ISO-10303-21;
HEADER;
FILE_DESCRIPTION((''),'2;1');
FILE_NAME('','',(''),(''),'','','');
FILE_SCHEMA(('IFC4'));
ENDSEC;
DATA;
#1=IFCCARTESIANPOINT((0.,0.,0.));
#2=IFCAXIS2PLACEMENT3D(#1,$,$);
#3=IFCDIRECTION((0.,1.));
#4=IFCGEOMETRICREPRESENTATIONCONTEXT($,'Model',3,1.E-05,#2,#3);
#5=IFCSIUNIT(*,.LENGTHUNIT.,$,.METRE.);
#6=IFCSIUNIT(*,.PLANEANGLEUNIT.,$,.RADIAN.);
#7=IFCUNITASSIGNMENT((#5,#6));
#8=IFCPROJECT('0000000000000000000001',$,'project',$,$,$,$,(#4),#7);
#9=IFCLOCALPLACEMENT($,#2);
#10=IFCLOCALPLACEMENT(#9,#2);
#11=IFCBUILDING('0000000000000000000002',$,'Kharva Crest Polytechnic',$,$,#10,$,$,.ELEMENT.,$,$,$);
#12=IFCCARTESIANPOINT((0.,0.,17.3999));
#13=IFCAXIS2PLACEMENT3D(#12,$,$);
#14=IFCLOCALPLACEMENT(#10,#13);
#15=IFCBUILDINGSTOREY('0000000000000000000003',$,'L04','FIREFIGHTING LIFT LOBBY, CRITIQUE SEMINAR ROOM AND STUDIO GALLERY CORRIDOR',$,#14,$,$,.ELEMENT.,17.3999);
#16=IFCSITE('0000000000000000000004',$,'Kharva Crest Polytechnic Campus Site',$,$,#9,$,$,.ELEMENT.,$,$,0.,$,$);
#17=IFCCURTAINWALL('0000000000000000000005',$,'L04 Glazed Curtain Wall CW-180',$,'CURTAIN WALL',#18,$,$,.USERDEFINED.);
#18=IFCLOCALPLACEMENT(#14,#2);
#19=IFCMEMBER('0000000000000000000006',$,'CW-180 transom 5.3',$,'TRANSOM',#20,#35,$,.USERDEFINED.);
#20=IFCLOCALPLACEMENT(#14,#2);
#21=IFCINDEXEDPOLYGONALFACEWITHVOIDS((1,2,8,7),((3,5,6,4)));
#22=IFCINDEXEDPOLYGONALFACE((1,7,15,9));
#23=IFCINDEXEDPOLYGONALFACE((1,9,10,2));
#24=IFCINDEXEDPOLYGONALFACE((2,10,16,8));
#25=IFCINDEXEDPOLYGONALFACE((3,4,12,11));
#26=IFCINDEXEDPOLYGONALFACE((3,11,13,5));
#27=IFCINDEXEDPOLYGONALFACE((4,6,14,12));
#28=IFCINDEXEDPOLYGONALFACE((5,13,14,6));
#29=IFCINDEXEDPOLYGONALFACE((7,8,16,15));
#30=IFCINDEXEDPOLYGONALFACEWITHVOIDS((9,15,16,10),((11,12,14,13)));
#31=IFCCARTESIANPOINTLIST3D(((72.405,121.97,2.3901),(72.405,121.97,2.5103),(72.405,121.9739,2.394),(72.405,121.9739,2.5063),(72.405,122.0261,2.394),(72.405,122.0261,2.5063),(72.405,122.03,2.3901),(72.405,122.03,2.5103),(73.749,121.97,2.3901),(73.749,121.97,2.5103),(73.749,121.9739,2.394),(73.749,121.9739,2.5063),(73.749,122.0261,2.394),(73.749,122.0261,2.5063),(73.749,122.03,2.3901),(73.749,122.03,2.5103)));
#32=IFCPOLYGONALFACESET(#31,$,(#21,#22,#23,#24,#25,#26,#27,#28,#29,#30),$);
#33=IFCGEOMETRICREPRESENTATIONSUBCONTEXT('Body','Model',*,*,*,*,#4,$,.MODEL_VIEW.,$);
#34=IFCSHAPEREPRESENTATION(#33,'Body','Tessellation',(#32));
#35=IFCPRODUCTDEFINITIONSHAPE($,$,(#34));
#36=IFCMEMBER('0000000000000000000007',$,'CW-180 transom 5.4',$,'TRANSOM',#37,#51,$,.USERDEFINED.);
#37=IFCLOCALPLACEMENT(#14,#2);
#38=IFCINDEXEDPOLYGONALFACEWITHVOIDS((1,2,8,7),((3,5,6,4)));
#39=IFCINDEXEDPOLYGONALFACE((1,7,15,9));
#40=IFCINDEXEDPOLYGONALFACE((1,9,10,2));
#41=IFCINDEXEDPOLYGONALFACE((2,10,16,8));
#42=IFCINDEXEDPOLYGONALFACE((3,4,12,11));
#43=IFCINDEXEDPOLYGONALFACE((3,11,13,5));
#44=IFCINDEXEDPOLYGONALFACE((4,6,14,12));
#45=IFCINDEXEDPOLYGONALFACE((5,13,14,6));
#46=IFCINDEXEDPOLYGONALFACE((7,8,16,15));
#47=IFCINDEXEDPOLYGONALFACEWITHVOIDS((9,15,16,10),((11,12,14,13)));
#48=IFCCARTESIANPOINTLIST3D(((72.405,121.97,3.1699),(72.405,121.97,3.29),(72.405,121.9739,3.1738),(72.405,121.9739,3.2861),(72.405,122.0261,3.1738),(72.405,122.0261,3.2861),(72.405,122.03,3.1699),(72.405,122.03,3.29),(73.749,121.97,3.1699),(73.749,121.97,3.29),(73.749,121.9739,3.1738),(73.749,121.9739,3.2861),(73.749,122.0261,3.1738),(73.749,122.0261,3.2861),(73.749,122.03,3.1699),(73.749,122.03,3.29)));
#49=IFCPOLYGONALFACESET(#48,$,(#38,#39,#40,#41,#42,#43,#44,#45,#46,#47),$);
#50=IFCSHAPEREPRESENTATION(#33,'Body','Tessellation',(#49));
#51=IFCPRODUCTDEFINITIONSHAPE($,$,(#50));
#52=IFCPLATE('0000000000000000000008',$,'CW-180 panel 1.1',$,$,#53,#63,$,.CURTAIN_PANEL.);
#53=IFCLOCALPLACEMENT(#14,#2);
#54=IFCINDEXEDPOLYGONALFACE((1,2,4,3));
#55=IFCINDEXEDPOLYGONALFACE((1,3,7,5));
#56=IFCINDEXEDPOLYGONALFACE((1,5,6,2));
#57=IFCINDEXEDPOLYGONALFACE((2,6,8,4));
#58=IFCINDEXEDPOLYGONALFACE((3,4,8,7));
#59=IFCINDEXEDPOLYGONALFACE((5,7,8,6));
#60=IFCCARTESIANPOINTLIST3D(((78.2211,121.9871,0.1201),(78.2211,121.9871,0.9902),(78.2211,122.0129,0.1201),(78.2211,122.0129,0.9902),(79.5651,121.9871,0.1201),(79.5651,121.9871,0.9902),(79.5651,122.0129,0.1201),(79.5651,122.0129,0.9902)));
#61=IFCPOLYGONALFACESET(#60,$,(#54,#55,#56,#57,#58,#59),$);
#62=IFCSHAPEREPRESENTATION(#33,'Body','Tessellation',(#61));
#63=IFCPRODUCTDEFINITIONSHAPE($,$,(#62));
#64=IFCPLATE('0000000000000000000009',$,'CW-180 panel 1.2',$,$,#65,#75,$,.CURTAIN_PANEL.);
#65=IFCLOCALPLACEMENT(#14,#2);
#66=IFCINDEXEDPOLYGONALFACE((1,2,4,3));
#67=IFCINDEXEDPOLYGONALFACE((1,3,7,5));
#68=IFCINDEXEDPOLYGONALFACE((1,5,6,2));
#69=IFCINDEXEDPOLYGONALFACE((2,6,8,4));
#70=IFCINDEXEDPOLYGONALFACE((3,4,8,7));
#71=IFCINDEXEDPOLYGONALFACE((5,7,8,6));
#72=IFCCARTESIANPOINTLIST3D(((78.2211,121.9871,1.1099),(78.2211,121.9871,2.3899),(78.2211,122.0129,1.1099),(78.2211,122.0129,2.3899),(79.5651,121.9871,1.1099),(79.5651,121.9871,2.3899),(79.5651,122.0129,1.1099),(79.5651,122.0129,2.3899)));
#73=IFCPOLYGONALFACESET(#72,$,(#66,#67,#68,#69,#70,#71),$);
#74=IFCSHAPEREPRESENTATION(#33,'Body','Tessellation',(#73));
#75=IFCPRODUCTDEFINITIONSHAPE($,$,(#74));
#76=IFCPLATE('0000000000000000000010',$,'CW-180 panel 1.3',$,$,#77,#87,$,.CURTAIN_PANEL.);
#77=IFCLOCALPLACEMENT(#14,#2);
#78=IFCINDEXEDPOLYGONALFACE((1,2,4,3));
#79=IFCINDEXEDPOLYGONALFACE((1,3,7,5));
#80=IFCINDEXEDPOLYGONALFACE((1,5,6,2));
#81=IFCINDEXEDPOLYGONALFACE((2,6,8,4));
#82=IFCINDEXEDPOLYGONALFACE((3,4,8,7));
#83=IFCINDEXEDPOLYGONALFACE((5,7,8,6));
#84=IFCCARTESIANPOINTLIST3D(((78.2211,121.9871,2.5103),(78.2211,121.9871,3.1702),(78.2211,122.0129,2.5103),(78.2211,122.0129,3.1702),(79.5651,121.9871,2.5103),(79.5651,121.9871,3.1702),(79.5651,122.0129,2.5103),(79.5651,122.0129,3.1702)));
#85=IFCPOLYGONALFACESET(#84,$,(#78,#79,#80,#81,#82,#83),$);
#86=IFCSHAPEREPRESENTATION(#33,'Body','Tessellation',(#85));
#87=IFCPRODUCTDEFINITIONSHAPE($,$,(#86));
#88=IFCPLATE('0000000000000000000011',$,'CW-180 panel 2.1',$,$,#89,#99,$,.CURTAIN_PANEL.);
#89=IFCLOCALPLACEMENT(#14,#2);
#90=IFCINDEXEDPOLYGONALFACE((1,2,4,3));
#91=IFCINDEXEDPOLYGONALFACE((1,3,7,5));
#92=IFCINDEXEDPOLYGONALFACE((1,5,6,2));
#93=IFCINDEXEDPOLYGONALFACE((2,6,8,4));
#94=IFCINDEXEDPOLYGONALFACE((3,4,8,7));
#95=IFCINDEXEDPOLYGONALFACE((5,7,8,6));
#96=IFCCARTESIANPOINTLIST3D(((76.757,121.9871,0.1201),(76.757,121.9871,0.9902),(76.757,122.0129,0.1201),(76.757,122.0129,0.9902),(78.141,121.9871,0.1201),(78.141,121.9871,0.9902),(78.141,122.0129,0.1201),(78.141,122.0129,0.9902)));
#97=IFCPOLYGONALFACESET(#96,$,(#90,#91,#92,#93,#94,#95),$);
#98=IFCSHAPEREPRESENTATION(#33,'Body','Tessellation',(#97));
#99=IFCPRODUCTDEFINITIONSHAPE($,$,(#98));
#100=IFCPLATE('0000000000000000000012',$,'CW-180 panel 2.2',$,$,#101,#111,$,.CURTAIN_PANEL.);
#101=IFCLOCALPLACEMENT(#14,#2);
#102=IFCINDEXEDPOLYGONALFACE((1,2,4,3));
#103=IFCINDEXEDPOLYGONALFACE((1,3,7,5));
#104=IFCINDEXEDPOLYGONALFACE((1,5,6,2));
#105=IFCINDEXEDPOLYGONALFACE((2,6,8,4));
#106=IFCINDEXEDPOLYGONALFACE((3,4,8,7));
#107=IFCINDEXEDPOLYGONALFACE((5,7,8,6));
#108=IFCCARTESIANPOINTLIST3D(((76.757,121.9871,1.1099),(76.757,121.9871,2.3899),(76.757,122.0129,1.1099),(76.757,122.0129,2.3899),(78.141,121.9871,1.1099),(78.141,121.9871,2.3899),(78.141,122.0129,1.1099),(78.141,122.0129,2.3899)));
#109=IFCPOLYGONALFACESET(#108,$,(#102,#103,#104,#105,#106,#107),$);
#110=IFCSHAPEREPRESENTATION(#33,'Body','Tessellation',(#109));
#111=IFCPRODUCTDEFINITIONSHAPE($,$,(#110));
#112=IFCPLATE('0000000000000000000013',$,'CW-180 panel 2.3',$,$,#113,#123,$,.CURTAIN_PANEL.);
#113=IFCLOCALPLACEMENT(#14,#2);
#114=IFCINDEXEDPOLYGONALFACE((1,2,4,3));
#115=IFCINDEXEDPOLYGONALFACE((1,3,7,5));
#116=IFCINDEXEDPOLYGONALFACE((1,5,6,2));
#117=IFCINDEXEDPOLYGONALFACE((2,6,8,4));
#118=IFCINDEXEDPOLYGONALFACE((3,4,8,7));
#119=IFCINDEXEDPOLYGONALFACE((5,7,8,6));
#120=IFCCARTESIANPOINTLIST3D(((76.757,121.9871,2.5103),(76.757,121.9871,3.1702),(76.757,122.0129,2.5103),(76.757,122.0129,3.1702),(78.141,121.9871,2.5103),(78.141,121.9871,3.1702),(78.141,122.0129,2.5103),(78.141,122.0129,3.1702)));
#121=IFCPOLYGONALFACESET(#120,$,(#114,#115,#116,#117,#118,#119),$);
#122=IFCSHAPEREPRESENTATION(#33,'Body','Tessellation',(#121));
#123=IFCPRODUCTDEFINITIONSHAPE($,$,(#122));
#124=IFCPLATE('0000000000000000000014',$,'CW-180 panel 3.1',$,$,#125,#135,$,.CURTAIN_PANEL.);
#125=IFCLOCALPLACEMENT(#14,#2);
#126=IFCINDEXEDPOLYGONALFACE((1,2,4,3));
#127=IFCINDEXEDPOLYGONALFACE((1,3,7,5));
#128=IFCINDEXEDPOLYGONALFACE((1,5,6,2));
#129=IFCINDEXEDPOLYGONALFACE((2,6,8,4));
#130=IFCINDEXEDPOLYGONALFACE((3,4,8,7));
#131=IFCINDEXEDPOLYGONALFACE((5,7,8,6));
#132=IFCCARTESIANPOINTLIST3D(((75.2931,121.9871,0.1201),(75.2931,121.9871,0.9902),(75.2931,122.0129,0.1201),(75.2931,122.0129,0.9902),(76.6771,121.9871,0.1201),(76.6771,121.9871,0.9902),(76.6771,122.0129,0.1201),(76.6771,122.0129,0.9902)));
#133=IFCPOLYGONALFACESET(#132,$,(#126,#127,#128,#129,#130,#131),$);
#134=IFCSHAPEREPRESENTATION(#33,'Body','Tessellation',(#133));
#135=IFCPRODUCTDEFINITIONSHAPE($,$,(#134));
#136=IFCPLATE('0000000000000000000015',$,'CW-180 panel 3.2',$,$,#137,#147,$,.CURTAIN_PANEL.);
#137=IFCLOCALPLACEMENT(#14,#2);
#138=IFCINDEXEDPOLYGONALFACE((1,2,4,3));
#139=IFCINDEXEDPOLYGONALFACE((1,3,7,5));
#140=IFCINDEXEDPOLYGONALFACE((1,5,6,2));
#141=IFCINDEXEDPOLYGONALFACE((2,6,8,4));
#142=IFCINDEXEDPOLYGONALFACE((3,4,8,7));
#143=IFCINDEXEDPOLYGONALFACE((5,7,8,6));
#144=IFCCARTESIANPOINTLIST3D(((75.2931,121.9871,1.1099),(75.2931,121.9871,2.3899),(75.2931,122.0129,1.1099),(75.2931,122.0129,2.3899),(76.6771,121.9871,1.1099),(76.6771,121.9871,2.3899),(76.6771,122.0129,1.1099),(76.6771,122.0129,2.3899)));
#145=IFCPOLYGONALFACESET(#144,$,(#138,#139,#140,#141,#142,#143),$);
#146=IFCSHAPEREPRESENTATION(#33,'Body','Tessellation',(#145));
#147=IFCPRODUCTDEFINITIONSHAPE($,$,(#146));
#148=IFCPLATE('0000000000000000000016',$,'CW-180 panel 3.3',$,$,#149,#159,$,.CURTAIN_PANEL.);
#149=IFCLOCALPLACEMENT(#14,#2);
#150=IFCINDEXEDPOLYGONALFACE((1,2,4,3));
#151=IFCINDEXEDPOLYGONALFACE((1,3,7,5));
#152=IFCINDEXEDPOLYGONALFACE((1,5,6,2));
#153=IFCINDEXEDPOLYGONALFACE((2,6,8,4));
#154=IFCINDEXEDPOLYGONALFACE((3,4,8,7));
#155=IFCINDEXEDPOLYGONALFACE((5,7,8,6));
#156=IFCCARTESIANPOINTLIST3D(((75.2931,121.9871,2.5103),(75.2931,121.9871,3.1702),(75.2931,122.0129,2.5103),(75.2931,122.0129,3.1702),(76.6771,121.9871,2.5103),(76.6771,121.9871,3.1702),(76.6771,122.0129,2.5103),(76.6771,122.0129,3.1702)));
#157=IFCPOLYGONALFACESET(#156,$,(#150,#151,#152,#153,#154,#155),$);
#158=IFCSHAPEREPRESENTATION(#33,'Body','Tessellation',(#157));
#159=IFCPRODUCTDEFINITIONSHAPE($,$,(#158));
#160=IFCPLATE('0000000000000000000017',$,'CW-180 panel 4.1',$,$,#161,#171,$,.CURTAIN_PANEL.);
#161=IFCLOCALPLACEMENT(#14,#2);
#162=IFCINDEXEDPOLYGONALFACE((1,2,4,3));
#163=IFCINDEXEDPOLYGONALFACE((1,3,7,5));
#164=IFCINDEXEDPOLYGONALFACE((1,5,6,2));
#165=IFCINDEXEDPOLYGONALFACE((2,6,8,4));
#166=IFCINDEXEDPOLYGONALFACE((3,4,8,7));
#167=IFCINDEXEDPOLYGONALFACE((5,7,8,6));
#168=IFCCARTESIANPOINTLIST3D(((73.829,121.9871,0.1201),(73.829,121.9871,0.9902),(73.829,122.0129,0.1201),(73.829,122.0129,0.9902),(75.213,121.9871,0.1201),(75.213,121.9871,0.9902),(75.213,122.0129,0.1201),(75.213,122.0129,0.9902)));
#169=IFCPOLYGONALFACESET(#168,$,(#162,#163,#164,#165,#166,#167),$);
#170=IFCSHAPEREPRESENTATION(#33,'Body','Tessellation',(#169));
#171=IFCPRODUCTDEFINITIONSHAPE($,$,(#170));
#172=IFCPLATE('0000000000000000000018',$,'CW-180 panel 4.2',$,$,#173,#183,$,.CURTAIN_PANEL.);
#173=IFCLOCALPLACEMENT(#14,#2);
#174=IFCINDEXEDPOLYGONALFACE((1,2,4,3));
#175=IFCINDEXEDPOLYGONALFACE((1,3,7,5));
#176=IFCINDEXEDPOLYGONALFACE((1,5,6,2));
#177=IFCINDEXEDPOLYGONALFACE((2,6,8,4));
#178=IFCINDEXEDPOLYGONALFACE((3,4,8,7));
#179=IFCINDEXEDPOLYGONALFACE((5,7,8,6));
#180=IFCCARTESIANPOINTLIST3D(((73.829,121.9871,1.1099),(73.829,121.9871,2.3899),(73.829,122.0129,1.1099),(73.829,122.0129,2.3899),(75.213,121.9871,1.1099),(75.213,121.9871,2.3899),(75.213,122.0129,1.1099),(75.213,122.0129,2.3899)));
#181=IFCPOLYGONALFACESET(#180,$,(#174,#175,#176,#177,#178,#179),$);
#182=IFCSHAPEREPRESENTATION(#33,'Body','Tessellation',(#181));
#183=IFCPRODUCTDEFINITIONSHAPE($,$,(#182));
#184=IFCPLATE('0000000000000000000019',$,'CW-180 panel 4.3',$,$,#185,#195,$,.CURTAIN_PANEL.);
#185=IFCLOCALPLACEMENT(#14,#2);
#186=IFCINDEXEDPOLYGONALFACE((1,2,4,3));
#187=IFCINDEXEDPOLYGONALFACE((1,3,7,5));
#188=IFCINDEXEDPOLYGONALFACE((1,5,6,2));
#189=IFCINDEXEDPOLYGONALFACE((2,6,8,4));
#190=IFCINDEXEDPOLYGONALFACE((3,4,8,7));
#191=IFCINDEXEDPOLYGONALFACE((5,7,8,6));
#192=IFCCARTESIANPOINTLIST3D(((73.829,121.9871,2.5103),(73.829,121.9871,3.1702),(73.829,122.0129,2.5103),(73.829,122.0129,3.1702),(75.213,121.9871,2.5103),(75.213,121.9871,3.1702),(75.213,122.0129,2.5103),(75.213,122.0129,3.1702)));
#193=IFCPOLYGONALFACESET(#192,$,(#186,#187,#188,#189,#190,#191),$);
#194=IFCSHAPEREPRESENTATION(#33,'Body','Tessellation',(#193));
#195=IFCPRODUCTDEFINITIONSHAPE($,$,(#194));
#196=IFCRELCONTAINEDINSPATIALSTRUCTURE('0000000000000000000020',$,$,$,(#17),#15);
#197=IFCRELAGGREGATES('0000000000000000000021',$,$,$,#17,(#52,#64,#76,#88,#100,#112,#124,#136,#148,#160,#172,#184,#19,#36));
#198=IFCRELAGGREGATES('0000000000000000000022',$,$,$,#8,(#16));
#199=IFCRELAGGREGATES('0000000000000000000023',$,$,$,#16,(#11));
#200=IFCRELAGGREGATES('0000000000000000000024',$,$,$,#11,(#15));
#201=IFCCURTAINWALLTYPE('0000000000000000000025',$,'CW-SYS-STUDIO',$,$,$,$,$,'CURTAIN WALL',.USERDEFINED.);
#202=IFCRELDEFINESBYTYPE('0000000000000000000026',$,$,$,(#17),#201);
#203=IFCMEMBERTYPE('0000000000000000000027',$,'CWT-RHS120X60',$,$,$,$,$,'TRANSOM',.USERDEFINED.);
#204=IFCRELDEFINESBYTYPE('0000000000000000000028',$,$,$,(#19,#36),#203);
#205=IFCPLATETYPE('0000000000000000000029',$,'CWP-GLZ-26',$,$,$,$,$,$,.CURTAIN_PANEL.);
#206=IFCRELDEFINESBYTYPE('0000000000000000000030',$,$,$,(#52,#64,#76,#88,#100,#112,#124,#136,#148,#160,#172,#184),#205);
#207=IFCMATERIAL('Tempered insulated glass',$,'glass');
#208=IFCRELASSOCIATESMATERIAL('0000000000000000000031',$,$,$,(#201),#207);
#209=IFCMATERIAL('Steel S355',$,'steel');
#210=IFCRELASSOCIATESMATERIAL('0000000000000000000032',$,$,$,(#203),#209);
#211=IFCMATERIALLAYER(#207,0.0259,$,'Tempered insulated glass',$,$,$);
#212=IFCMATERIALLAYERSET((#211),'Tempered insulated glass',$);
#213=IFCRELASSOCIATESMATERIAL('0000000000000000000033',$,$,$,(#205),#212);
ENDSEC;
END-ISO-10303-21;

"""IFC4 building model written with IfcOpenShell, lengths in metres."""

from ifc_helpers import new_model, si_unit, direction, frame, origin, origin_2d, place, context, subcontext, project, spatial, rectangle, hollow_rectangle, extrude, material, layer, layer_set, material_profile, profile_set, type_object, element, aggregate, save


model = new_model("IFC4")

# Units and contexts
model_context = context("Model", 3, precision=1e-05, world=origin(), true_north=direction((0.0, 1.0)))
body_context = subcontext(model_context, "Body", "Model", "MODEL_VIEW")
ifc_project = project(units=[si_unit("LENGTHUNIT", "METRE"), si_unit("PLANEANGLEUNIT", "RADIAN")], contexts=[model_context])

# Site, building, storey
site_placement = place(None, origin())
site = spatial("IfcSite", under=ifc_project, at=site_placement, Name="Kharva Crest Polytechnic Campus Site", CompositionType="ELEMENT", RefElevation=0.0)
building_placement = place(site_placement, origin())
building = spatial("IfcBuilding", under=site, at=building_placement, Name="Kharva Crest Polytechnic", CompositionType="ELEMENT")
storey_placement = place(building_placement, frame((0.0, 0.0, 17.3999)))
storey = spatial("IfcBuildingStorey", under=building, at=storey_placement, Name="L04", Description="FIREFIGHTING LIFT LOBBY, CRITIQUE SEMINAR ROOM AND STUDIO GALLERY CORRIDOR", CompositionType="ELEMENT", Elevation=17.3999)

# Curtain wall, members, plates
ifc_material_1 = material(Name="Tempered insulated glass", Category="glass")
curtain_wall_type = type_object("IfcCurtainWallType", Name="CW-SYS-STUDIO", ElementType="CURTAIN WALL", PredefinedType="USERDEFINED", material=ifc_material_1)
curtain_wall_placement = place(storey_placement, origin())
curtain_wall = element("IfcCurtainWall", 1, at=curtain_wall_placement, inside=storey, type_object=curtain_wall_type, Name="L04 Glazed Curtain Wall CW-180", ObjectType="CURTAIN WALL", PredefinedType="USERDEFINED")
ifc_material_2 = material(Name="Steel S355", Category="steel")
ifc_material_profile_1 = material_profile(ifc_material_2, hollow_rectangle(XDim=0.0601, YDim=0.1201, WallThickness=0.0039, at=origin_2d()), Name="RHS 120X60X4.0")
ifc_profile_set_1 = profile_set([ifc_material_profile_1], Name="Steel S355")
member_type_1 = type_object("IfcMemberType", Name="CWT-RHS120X60", ElementType="TRANSOM", PredefinedType="USERDEFINED", material=ifc_profile_set_1)
member_1_placement = place(storey_placement, frame((73.749, 122.0, 2.4502), z_axis=(-1.0, 0.0, 0.0), x_axis=(0.0, -1.0, 0.0)))
member_1 = element("IfcMember", 2, at=member_1_placement, type_object=member_type_1, Name="CW-180 transom 5.3", ObjectType="TRANSOM", PredefinedType="USERDEFINED", context=body_context, shape_type="SweptSolid", body=[
    extrude(hollow_rectangle(XDim=0.0601, YDim=0.1201, WallThickness=0.0039, at=origin_2d()), origin(), (0.0, 0.0, 1.0), 1.344),
])
member_2_placement = place(storey_placement, frame((73.749, 122.0, 3.23), z_axis=(-1.0, 0.0, 0.0), x_axis=(0.0, -1.0, 0.0)))
member_2 = element("IfcMember", 3, at=member_2_placement, type_object=member_type_1, Name="CW-180 transom 5.4", ObjectType="TRANSOM", PredefinedType="USERDEFINED", context=body_context, shape_type="SweptSolid", body=[
    extrude(hollow_rectangle(XDim=0.0601, YDim=0.1201, WallThickness=0.0039, at=origin_2d()), origin(), (0.0, 0.0, 1.0), 1.344),
])
ifc_layer = layer(ifc_material_1, 0.0259, Name="Tempered insulated glass")
ifc_layer_set = layer_set([ifc_layer], Name="Tempered insulated glass")
plate_type = type_object("IfcPlateType", Name="CWP-GLZ-26", PredefinedType="CURTAIN_PANEL", material=ifc_layer_set)
plate_1_placement = place(storey_placement, frame((78.8931, 122.0, 0.1201), z_axis=(0.0, 0.0, 1.0), x_axis=(-1.0, 0.0, 0.0)))
plate_1 = element("IfcPlate", 4, at=plate_1_placement, type_object=plate_type, Name="CW-180 panel 1.1", PredefinedType="CURTAIN_PANEL", context=body_context, shape_type="SweptSolid", body=[
    extrude(rectangle(XDim=1.344, YDim=0.0259, at=origin_2d()), origin(), (0.0, 0.0, 1.0), 0.8701),
])
plate_2_placement = place(storey_placement, frame((78.8931, 122.0, 1.1099), z_axis=(0.0, 0.0, 1.0), x_axis=(-1.0, 0.0, 0.0)))
plate_2 = element("IfcPlate", 5, at=plate_2_placement, type_object=plate_type, Name="CW-180 panel 1.2", PredefinedType="CURTAIN_PANEL", context=body_context, shape_type="SweptSolid", body=[
    extrude(rectangle(XDim=1.344, YDim=0.0259, at=origin_2d()), origin(), (0.0, 0.0, 1.0), 1.28),
])
plate_3_placement = place(storey_placement, frame((78.8931, 122.0, 2.5103), z_axis=(0.0, 0.0, 1.0), x_axis=(-1.0, 0.0, 0.0)))
plate_3 = element("IfcPlate", 6, at=plate_3_placement, type_object=plate_type, Name="CW-180 panel 1.3", PredefinedType="CURTAIN_PANEL", context=body_context, shape_type="SweptSolid", body=[
    extrude(rectangle(XDim=1.344, YDim=0.0259, at=origin_2d()), origin(), (0.0, 0.0, 1.0), 0.6599),
])
plate_4_placement = place(storey_placement, frame((77.449, 122.0, 0.1201), z_axis=(0.0, 0.0, 1.0), x_axis=(-1.0, 0.0, 0.0)))
plate_4 = element("IfcPlate", 7, at=plate_4_placement, type_object=plate_type, Name="CW-180 panel 2.1", PredefinedType="CURTAIN_PANEL", context=body_context, shape_type="SweptSolid", body=[
    extrude(rectangle(XDim=1.384, YDim=0.0259, at=origin_2d()), origin(), (0.0, 0.0, 1.0), 0.8701),
])
plate_5_placement = place(storey_placement, frame((77.449, 122.0, 1.1099), z_axis=(0.0, 0.0, 1.0), x_axis=(-1.0, 0.0, 0.0)))
plate_5 = element("IfcPlate", 8, at=plate_5_placement, type_object=plate_type, Name="CW-180 panel 2.2", PredefinedType="CURTAIN_PANEL", context=body_context, shape_type="SweptSolid", body=[
    extrude(rectangle(XDim=1.384, YDim=0.0259, at=origin_2d()), origin(), (0.0, 0.0, 1.0), 1.28),
])
plate_6_placement = place(storey_placement, frame((77.449, 122.0, 2.5103), z_axis=(0.0, 0.0, 1.0), x_axis=(-1.0, 0.0, 0.0)))
plate_6 = element("IfcPlate", 9, at=plate_6_placement, type_object=plate_type, Name="CW-180 panel 2.3", PredefinedType="CURTAIN_PANEL", context=body_context, shape_type="SweptSolid", body=[
    extrude(rectangle(XDim=1.384, YDim=0.0259, at=origin_2d()), origin(), (0.0, 0.0, 1.0), 0.6599),
])
plate_7_placement = place(storey_placement, frame((75.9851, 122.0, 0.1201), z_axis=(0.0, 0.0, 1.0), x_axis=(-1.0, 0.0, 0.0)))
plate_7 = element("IfcPlate", 10, at=plate_7_placement, type_object=plate_type, Name="CW-180 panel 3.1", PredefinedType="CURTAIN_PANEL", context=body_context, shape_type="SweptSolid", body=[
    extrude(rectangle(XDim=1.384, YDim=0.0259, at=origin_2d()), origin(), (0.0, 0.0, 1.0), 0.8701),
])
plate_8_placement = place(storey_placement, frame((75.9851, 122.0, 1.1099), z_axis=(0.0, 0.0, 1.0), x_axis=(-1.0, 0.0, 0.0)))
plate_8 = element("IfcPlate", 11, at=plate_8_placement, type_object=plate_type, Name="CW-180 panel 3.2", PredefinedType="CURTAIN_PANEL", context=body_context, shape_type="SweptSolid", body=[
    extrude(rectangle(XDim=1.384, YDim=0.0259, at=origin_2d()), origin(), (0.0, 0.0, 1.0), 1.28),
])
plate_9_placement = place(storey_placement, frame((75.9851, 122.0, 2.5103), z_axis=(0.0, 0.0, 1.0), x_axis=(-1.0, 0.0, 0.0)))
plate_9 = element("IfcPlate", 12, at=plate_9_placement, type_object=plate_type, Name="CW-180 panel 3.3", PredefinedType="CURTAIN_PANEL", context=body_context, shape_type="SweptSolid", body=[
    extrude(rectangle(XDim=1.384, YDim=0.0259, at=origin_2d()), origin(), (0.0, 0.0, 1.0), 0.6599),
])
plate_10_placement = place(storey_placement, frame((74.521, 122.0, 0.1201), z_axis=(0.0, 0.0, 1.0), x_axis=(-1.0, 0.0, 0.0)))
plate_10 = element("IfcPlate", 13, at=plate_10_placement, type_object=plate_type, Name="CW-180 panel 4.1", PredefinedType="CURTAIN_PANEL", context=body_context, shape_type="SweptSolid", body=[
    extrude(rectangle(XDim=1.384, YDim=0.0259, at=origin_2d()), origin(), (0.0, 0.0, 1.0), 0.8701),
])
plate_11_placement = place(storey_placement, frame((74.521, 122.0, 1.1099), z_axis=(0.0, 0.0, 1.0), x_axis=(-1.0, 0.0, 0.0)))
plate_11 = element("IfcPlate", 14, at=plate_11_placement, type_object=plate_type, Name="CW-180 panel 4.2", PredefinedType="CURTAIN_PANEL", context=body_context, shape_type="SweptSolid", body=[
    extrude(rectangle(XDim=1.384, YDim=0.0259, at=origin_2d()), origin(), (0.0, 0.0, 1.0), 1.28),
])
plate_12_placement = place(storey_placement, frame((74.521, 122.0, 2.5103), z_axis=(0.0, 0.0, 1.0), x_axis=(-1.0, 0.0, 0.0)))
plate_12 = element("IfcPlate", 15, at=plate_12_placement, type_object=plate_type, Name="CW-180 panel 4.3", PredefinedType="CURTAIN_PANEL", context=body_context, shape_type="SweptSolid", body=[
    extrude(rectangle(XDim=1.384, YDim=0.0259, at=origin_2d()), origin(), (0.0, 0.0, 1.0), 0.6599),
])
aggregate(curtain_wall, [plate_1, plate_2, plate_3, plate_4, plate_5, plate_6, plate_7, plate_8, plate_9, plate_10, plate_11, plate_12, member_1, member_2])

save(model, "model.ifc")
